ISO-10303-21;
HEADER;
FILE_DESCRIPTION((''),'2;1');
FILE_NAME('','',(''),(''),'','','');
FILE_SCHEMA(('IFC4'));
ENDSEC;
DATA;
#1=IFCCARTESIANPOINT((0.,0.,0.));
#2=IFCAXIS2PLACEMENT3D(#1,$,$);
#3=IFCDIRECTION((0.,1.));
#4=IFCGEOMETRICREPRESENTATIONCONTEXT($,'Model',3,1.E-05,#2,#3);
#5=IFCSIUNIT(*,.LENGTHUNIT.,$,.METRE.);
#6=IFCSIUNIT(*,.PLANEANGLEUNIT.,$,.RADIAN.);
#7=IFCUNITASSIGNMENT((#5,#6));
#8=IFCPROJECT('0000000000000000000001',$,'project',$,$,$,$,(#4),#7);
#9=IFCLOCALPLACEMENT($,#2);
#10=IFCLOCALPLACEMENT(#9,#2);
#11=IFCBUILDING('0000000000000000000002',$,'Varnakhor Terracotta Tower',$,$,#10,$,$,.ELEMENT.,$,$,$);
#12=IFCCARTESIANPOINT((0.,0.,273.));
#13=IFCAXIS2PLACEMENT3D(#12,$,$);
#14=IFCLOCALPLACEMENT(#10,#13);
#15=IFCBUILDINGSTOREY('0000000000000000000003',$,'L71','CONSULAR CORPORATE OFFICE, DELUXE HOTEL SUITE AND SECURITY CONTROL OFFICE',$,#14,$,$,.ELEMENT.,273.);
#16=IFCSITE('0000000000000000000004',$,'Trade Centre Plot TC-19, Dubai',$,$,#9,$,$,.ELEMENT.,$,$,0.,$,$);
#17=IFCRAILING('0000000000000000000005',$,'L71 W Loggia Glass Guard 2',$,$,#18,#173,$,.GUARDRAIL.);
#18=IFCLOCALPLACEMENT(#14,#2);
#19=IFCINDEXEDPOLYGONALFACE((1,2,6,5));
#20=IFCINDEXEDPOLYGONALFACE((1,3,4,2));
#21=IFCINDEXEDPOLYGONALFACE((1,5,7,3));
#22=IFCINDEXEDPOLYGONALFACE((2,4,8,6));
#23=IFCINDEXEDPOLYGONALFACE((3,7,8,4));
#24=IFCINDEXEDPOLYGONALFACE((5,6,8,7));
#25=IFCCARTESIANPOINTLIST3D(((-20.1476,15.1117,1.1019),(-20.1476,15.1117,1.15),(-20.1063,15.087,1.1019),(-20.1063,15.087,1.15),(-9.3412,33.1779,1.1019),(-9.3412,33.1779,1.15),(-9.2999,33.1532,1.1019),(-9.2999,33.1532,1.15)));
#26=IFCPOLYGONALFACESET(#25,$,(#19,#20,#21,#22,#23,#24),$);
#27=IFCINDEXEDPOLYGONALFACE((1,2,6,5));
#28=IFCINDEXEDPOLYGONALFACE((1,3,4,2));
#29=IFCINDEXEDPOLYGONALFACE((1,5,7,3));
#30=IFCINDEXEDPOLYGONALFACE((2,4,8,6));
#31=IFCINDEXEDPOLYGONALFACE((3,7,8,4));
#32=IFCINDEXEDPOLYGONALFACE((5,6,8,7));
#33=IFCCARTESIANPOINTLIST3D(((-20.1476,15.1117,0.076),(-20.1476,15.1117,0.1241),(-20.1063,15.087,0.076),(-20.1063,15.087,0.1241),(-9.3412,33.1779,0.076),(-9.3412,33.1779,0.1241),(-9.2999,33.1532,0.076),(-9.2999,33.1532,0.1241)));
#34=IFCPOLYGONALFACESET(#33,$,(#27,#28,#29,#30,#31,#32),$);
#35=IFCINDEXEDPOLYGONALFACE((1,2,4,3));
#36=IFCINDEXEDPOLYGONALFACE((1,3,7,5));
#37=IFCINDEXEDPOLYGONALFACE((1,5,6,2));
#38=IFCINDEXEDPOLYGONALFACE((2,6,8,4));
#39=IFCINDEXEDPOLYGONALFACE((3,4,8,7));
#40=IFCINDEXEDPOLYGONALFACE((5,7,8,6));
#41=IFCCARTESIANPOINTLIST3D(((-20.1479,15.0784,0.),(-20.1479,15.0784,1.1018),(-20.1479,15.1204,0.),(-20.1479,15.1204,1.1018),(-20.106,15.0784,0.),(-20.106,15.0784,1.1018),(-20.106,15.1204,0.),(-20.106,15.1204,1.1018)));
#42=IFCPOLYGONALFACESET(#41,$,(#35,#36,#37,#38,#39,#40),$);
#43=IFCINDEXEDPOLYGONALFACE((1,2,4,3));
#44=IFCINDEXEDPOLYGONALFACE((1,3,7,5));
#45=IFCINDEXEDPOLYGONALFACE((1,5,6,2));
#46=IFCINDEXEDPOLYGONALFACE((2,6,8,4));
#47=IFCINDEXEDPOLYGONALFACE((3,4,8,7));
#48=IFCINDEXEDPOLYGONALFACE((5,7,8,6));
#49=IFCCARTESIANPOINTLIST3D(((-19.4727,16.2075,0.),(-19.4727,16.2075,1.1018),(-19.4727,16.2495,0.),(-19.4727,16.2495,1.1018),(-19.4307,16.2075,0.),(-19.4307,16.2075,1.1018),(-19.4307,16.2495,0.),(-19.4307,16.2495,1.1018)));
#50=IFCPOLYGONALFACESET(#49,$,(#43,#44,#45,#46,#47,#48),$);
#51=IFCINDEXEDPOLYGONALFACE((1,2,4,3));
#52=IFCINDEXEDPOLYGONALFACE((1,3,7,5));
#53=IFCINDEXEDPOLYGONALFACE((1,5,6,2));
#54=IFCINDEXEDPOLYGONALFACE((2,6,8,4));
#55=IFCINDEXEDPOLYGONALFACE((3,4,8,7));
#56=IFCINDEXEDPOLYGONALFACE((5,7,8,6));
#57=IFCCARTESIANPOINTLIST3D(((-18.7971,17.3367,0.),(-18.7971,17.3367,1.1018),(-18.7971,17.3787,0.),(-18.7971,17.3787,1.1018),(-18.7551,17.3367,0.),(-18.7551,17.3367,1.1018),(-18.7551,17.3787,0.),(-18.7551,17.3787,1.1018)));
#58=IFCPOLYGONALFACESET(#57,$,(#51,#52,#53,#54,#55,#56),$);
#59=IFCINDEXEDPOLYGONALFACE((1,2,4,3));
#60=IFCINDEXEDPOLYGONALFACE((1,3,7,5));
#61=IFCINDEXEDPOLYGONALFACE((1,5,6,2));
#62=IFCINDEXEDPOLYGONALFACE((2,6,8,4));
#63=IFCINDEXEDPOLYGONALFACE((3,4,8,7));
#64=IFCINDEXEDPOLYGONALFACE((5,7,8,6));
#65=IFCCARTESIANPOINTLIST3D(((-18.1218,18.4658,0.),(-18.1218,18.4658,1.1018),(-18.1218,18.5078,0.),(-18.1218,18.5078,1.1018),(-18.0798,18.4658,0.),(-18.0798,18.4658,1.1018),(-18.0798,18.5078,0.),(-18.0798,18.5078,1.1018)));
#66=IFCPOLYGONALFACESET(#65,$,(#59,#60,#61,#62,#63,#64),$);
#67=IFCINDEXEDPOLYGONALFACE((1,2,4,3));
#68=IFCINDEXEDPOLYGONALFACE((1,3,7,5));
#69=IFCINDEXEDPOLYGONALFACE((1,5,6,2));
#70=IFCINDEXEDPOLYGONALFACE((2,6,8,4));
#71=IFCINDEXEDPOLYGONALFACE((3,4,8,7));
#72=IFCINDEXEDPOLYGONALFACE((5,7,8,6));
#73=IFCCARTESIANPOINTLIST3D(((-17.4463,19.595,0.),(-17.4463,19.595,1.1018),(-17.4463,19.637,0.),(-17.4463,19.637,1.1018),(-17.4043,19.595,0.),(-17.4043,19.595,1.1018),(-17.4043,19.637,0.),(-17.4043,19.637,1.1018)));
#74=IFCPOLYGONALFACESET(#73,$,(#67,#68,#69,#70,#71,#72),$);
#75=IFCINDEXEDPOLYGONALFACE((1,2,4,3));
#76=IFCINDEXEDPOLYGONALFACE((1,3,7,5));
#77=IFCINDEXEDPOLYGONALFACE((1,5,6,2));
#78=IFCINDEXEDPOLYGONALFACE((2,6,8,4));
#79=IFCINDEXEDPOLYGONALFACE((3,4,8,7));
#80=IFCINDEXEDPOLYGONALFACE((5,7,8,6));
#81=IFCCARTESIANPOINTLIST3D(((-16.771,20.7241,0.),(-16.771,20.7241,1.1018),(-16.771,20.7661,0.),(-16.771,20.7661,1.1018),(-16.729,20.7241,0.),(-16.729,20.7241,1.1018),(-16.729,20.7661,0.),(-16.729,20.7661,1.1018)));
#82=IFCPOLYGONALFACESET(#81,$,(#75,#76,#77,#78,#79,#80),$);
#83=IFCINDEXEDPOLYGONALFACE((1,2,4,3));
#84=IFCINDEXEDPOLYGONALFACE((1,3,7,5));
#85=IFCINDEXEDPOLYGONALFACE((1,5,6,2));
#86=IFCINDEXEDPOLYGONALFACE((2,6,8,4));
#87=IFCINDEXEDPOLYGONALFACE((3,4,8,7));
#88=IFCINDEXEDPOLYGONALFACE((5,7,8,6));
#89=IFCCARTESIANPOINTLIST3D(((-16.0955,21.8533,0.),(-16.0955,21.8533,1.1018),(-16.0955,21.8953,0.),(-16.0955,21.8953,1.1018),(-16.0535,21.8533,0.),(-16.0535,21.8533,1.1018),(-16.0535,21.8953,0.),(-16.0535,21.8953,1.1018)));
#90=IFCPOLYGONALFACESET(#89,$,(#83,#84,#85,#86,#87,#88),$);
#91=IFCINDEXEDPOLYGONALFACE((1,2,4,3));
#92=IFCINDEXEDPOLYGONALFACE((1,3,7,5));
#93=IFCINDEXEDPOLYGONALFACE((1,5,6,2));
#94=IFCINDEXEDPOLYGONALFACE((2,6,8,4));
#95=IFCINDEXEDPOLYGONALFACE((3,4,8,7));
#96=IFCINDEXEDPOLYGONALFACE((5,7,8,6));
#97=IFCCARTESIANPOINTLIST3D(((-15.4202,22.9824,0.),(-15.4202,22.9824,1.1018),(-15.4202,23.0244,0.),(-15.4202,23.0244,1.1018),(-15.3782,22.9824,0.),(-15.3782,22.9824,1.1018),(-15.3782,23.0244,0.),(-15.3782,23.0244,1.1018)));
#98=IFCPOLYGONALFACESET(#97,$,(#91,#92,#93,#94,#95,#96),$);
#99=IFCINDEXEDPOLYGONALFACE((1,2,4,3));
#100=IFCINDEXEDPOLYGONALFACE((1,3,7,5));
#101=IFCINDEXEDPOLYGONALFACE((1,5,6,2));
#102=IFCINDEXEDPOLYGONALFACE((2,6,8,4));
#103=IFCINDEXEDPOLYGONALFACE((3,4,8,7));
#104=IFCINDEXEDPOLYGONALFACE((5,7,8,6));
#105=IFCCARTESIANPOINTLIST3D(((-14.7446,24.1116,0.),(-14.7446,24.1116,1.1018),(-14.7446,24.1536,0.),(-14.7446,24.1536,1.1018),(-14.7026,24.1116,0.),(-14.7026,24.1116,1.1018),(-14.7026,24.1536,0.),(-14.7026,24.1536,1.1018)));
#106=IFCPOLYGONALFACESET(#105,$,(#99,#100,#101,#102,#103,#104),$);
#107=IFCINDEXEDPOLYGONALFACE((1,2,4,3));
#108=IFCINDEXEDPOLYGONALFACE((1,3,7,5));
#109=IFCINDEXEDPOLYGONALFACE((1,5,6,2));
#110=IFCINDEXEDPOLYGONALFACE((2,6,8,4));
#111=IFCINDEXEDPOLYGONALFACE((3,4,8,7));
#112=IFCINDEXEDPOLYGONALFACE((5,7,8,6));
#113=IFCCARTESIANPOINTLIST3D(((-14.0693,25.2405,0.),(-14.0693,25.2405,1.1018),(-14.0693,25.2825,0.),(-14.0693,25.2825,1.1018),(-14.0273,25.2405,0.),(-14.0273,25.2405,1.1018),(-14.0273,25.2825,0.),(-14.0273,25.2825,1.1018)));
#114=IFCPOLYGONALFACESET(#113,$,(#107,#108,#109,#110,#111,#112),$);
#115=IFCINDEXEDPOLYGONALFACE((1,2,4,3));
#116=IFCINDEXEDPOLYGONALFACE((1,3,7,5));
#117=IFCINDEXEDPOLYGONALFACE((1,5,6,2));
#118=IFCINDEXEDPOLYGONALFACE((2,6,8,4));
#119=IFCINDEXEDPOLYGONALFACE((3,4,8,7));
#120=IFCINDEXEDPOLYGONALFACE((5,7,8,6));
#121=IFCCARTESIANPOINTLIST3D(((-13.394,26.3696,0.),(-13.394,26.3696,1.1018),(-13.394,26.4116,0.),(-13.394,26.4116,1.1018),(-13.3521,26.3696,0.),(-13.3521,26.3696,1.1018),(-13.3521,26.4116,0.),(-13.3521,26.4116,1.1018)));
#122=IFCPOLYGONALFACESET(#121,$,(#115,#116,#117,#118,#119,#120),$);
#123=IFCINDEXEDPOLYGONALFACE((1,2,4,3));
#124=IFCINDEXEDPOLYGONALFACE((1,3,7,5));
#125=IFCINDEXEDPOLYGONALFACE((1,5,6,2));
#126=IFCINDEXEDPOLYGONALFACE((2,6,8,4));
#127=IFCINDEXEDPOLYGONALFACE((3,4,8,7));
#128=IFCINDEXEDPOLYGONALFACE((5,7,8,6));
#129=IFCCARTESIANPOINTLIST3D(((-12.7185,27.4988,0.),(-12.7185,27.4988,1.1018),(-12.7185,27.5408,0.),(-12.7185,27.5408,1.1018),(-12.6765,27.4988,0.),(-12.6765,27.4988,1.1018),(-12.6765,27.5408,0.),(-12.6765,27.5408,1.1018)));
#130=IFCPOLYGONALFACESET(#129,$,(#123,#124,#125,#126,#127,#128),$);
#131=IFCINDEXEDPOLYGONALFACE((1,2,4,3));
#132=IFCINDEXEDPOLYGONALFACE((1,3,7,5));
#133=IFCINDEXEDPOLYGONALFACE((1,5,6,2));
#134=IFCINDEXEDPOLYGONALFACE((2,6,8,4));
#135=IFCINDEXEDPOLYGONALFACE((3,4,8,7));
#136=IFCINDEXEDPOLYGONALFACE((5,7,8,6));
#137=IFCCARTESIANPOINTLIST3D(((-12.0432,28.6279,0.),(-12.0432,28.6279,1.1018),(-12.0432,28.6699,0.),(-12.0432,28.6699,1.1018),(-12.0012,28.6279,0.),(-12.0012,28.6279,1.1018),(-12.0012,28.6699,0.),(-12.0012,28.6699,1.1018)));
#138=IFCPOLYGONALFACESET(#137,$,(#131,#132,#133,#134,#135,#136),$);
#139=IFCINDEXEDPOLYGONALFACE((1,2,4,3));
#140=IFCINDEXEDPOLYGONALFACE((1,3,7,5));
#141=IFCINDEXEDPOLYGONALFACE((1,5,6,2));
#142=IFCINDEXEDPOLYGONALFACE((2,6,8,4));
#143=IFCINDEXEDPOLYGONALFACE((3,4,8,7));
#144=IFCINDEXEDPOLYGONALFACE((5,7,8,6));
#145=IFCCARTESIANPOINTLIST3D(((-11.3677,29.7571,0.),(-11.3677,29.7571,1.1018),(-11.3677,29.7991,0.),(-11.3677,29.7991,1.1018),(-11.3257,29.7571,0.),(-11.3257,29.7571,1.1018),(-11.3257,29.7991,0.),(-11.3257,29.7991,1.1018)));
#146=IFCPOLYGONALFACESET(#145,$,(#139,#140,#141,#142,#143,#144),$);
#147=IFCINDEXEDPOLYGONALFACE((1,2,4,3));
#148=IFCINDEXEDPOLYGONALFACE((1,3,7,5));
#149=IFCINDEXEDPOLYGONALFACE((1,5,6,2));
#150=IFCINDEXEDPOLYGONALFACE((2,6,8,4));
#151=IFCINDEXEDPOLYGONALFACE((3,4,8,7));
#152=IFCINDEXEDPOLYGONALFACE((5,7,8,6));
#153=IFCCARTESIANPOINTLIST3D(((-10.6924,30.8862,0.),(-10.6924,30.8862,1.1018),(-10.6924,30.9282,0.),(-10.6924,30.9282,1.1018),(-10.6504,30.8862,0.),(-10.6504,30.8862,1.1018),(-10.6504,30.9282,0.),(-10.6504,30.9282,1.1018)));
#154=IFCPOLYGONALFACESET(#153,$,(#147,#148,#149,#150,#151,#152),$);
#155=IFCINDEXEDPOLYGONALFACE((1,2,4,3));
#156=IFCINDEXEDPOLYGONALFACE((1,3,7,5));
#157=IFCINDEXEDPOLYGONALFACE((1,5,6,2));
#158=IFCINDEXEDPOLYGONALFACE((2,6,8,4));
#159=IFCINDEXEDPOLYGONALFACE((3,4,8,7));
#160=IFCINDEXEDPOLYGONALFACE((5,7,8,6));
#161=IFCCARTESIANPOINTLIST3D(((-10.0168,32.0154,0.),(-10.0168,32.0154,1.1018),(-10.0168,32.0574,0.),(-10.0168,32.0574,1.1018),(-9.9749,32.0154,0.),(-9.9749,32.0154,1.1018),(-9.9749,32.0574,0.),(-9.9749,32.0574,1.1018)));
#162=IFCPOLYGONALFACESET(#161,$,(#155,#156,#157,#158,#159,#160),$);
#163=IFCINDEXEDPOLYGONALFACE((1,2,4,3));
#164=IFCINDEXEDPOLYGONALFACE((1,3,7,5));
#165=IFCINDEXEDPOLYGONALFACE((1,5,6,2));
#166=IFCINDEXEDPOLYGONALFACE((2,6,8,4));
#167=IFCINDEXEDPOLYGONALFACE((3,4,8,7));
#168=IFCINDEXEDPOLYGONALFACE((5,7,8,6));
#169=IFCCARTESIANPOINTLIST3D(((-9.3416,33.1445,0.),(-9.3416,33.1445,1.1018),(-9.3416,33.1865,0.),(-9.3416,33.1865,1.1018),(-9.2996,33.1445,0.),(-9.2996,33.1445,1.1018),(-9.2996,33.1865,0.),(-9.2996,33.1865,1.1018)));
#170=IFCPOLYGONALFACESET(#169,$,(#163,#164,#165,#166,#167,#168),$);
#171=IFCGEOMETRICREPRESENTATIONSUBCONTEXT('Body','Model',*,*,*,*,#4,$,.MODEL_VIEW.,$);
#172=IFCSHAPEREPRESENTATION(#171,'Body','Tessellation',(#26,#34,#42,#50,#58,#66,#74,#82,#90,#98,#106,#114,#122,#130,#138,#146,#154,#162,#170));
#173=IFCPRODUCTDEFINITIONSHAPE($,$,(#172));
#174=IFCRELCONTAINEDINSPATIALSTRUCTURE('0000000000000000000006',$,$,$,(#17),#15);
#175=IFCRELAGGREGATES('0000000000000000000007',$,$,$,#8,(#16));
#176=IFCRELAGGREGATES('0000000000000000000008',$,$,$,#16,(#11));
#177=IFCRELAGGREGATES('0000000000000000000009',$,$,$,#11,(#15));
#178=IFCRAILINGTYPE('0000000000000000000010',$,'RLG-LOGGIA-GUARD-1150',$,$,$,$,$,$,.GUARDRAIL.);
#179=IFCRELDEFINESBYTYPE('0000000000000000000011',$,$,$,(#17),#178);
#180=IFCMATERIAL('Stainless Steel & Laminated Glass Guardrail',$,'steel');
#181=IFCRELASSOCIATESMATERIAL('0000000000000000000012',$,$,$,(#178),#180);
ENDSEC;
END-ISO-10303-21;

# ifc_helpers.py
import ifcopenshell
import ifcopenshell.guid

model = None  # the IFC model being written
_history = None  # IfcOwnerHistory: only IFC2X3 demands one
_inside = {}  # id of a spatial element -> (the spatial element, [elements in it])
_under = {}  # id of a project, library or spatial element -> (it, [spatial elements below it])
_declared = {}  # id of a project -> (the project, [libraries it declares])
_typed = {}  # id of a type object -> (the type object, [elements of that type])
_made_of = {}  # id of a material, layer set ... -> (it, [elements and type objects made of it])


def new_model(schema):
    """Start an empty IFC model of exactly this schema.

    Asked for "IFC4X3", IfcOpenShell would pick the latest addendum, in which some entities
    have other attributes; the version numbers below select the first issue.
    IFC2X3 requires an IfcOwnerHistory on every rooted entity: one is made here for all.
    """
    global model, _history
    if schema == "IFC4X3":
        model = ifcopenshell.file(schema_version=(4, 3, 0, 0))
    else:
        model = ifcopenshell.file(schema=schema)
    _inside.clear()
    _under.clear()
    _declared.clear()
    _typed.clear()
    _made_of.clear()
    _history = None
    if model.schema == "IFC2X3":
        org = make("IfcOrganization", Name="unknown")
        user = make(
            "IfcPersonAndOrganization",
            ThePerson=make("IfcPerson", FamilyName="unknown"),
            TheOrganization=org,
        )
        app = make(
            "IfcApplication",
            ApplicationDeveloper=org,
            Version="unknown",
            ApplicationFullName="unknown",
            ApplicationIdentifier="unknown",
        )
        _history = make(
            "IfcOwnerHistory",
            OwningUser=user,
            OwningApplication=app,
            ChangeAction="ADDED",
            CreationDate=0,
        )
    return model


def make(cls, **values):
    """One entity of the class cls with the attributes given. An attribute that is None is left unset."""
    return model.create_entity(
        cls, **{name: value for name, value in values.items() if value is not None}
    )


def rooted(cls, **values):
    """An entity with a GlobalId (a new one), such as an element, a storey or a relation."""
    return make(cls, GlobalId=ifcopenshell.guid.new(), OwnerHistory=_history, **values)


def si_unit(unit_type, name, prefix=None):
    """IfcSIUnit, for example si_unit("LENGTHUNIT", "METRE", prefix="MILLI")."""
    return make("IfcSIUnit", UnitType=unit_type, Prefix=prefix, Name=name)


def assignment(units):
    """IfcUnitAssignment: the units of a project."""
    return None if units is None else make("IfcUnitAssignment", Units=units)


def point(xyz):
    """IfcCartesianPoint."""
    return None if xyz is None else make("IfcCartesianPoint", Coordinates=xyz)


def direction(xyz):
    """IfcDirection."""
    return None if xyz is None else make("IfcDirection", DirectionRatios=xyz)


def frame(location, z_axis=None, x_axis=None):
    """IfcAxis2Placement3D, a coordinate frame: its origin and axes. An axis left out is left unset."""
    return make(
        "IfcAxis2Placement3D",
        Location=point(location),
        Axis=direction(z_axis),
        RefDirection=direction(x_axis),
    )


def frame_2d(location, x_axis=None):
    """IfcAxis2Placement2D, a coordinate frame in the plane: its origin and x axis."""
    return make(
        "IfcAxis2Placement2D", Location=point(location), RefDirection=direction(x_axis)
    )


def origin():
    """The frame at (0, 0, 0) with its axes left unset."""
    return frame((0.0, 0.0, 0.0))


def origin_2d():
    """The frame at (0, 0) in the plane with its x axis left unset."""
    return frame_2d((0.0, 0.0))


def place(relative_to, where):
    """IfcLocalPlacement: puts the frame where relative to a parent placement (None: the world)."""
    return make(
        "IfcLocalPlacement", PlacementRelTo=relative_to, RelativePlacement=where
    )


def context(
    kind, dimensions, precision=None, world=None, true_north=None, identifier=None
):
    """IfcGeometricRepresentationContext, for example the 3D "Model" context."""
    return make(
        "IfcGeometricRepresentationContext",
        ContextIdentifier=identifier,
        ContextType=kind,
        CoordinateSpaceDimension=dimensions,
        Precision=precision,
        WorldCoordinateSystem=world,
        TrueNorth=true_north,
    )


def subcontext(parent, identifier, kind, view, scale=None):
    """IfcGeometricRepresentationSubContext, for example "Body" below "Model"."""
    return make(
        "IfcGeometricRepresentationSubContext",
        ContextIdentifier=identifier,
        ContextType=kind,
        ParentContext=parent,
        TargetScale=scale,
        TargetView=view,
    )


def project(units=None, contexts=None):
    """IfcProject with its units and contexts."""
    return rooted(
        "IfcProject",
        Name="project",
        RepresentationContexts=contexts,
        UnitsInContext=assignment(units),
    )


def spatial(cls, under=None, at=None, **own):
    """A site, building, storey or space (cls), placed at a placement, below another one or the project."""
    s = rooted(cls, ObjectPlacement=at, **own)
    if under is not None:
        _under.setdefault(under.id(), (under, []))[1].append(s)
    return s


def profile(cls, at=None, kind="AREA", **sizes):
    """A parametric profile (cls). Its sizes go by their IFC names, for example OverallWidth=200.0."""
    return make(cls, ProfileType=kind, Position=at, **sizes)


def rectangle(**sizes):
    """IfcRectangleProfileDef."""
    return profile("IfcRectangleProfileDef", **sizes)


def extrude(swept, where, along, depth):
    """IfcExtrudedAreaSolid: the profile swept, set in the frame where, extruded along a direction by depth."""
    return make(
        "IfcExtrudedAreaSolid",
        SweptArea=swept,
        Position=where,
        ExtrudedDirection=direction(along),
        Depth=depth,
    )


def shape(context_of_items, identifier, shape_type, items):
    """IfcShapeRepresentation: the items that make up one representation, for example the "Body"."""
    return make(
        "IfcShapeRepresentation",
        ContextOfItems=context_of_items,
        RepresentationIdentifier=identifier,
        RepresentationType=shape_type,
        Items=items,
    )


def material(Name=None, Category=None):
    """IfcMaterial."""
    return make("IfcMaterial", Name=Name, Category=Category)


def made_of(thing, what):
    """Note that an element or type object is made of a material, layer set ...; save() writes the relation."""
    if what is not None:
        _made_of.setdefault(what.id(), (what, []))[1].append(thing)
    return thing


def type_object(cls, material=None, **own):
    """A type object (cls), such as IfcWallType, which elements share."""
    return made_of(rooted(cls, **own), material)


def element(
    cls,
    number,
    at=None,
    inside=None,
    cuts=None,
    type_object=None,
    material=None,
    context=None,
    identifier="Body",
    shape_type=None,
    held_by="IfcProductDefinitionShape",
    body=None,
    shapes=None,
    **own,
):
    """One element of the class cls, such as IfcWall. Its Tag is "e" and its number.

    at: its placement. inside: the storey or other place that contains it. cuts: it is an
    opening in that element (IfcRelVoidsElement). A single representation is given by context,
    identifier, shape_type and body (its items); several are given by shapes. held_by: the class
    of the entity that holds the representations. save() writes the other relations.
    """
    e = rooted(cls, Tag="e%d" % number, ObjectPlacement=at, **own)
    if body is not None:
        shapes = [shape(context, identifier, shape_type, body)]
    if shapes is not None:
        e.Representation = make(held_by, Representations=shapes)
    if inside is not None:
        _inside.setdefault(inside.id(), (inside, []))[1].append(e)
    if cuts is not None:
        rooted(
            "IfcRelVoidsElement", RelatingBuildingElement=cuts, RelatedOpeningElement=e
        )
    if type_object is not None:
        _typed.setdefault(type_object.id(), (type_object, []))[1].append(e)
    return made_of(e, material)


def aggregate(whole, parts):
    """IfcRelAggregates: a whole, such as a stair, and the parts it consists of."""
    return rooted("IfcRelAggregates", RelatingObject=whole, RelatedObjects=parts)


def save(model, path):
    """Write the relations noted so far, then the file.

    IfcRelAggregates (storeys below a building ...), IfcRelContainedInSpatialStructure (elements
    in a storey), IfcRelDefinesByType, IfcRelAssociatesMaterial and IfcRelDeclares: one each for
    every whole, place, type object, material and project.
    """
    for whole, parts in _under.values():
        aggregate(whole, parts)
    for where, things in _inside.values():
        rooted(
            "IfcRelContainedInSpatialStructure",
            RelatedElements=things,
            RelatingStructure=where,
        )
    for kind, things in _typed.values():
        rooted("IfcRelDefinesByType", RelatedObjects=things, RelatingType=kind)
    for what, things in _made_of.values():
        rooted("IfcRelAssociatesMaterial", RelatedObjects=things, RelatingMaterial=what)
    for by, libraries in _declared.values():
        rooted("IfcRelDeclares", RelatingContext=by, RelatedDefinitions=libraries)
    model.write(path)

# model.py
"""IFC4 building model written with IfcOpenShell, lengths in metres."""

from ifc_helpers import new_model, si_unit, direction, frame, origin, origin_2d, place, context, subcontext, project, spatial, rectangle, extrude, material, type_object, element, save


model = new_model("IFC4")

# Units and contexts
model_context = context("Model", 3, precision=1e-05, world=origin(), true_north=direction((0.0, 1.0)))
body_context = subcontext(model_context, "Body", "Model", "MODEL_VIEW")
ifc_project = project(units=[si_unit("LENGTHUNIT", "METRE"), si_unit("PLANEANGLEUNIT", "RADIAN")], contexts=[model_context])

# Site, building, storey
site_placement = place(None, origin())
site = spatial("IfcSite", under=ifc_project, at=site_placement, Name="Trade Centre Plot TC-19, Dubai", CompositionType="ELEMENT", RefElevation=0.0)
building_placement = place(site_placement, origin())
building = spatial("IfcBuilding", under=site, at=building_placement, Name="Varnakhor Terracotta Tower", CompositionType="ELEMENT")
storey_placement = place(building_placement, frame((0.0, 0.0, 273.0)))
storey = spatial("IfcBuildingStorey", under=building, at=storey_placement, Name="L71", Description="CONSULAR CORPORATE OFFICE, DELUXE HOTEL SUITE AND SECURITY CONTROL OFFICE", CompositionType="ELEMENT", Elevation=273.0)

# Railing
ifc_material_1 = material(Name="Stainless Steel & Laminated Glass Guardrail", Category="steel")
railing_type = type_object("IfcRailingType", Name="RLG-LOGGIA-GUARD-1150", PredefinedType="GUARDRAIL", material=ifc_material_1)
railing_1_placement = place(storey_placement, frame((-20.127, 15.0994, 0.0)))
element("IfcRailing", 1, at=railing_1_placement, inside=storey, type_object=railing_type, Name="L71 W Loggia Glass Guard 2", PredefinedType="GUARDRAIL", context=body_context, shape_type="SweptSolid", body=[
    extrude(rectangle(XDim=0.0481, YDim=0.0481, at=origin_2d()), frame((0.0, 0.0, 1.126), z_axis=(0.513332, 0.85819, 0.0), x_axis=(-0.85819, 0.513332, 0.0)), (0.0, 0.0, 1.0), 21.0515),
    extrude(rectangle(XDim=0.0481, YDim=0.0481, at=origin_2d()), frame((0.0, 0.0, 0.1001), z_axis=(0.513332, 0.85819, 0.0), x_axis=(-0.85819, 0.513332, 0.0)), (0.0, 0.0, 1.0), 21.0515),
    extrude(rectangle(XDim=0.042, YDim=0.042, at=origin_2d()), origin(), (0.0, 0.0, 1.0), 1.1018),
    extrude(rectangle(XDim=0.042, YDim=0.042, at=origin_2d()), frame((0.6753, 1.1292, 0.0)), (0.0, 0.0, 1.0), 1.1018),
    extrude(rectangle(XDim=0.042, YDim=0.042, at=origin_2d()), frame((1.3508, 2.2583, 0.0)), (0.0, 0.0, 1.0), 1.1018),
    extrude(rectangle(XDim=0.042, YDim=0.042, at=origin_2d()), frame((2.0261, 3.3875, 0.0)), (0.0, 0.0, 1.0), 1.1018),
    extrude(rectangle(XDim=0.042, YDim=0.042, at=origin_2d()), frame((2.7017, 4.5166, 0.0)), (0.0, 0.0, 1.0), 1.1018),
    extrude(rectangle(XDim=0.042, YDim=0.042, at=origin_2d()), frame((3.377, 5.6458, 0.0)), (0.0, 0.0, 1.0), 1.1018),
    extrude(rectangle(XDim=0.042, YDim=0.042, at=origin_2d()), frame((4.0525, 6.7749, 0.0)), (0.0, 0.0, 1.0), 1.1018),
    extrude(rectangle(XDim=0.042, YDim=0.042, at=origin_2d()), frame((4.7278, 7.9041, 0.0)), (0.0, 0.0, 1.0), 1.1018),
    extrude(rectangle(XDim=0.042, YDim=0.042, at=origin_2d()), frame((5.4033, 9.0332, 0.0)), (0.0, 0.0, 1.0), 1.1018),
    extrude(rectangle(XDim=0.042, YDim=0.042, at=origin_2d()), frame((6.0786, 10.1621, 0.0)), (0.0, 0.0, 1.0), 1.1018),
    extrude(rectangle(XDim=0.042, YDim=0.042, at=origin_2d()), frame((6.7539, 11.2913, 0.0)), (0.0, 0.0, 1.0), 1.1018),
    extrude(rectangle(XDim=0.042, YDim=0.042, at=origin_2d()), frame((7.4294, 12.4204, 0.0)), (0.0, 0.0, 1.0), 1.1018),
    extrude(rectangle(XDim=0.042, YDim=0.042, at=origin_2d()), frame((8.1047, 13.5496, 0.0)), (0.0, 0.0, 1.0), 1.1018),
    extrude(rectangle(XDim=0.042, YDim=0.042, at=origin_2d()), frame((8.7803, 14.6787, 0.0)), (0.0, 0.0, 1.0), 1.1018),
    extrude(rectangle(XDim=0.042, YDim=0.042, at=origin_2d()), frame((9.4556, 15.8079, 0.0)), (0.0, 0.0, 1.0), 1.1018),
    extrude(rectangle(XDim=0.042, YDim=0.042, at=origin_2d()), frame((10.1311, 16.937, 0.0)), (0.0, 0.0, 1.0), 1.1018),
    extrude(rectangle(XDim=0.042, YDim=0.042, at=origin_2d()), frame((10.8064, 18.0662, 0.0)), (0.0, 0.0, 1.0), 1.1018),
])

save(model, "model.ifc")
